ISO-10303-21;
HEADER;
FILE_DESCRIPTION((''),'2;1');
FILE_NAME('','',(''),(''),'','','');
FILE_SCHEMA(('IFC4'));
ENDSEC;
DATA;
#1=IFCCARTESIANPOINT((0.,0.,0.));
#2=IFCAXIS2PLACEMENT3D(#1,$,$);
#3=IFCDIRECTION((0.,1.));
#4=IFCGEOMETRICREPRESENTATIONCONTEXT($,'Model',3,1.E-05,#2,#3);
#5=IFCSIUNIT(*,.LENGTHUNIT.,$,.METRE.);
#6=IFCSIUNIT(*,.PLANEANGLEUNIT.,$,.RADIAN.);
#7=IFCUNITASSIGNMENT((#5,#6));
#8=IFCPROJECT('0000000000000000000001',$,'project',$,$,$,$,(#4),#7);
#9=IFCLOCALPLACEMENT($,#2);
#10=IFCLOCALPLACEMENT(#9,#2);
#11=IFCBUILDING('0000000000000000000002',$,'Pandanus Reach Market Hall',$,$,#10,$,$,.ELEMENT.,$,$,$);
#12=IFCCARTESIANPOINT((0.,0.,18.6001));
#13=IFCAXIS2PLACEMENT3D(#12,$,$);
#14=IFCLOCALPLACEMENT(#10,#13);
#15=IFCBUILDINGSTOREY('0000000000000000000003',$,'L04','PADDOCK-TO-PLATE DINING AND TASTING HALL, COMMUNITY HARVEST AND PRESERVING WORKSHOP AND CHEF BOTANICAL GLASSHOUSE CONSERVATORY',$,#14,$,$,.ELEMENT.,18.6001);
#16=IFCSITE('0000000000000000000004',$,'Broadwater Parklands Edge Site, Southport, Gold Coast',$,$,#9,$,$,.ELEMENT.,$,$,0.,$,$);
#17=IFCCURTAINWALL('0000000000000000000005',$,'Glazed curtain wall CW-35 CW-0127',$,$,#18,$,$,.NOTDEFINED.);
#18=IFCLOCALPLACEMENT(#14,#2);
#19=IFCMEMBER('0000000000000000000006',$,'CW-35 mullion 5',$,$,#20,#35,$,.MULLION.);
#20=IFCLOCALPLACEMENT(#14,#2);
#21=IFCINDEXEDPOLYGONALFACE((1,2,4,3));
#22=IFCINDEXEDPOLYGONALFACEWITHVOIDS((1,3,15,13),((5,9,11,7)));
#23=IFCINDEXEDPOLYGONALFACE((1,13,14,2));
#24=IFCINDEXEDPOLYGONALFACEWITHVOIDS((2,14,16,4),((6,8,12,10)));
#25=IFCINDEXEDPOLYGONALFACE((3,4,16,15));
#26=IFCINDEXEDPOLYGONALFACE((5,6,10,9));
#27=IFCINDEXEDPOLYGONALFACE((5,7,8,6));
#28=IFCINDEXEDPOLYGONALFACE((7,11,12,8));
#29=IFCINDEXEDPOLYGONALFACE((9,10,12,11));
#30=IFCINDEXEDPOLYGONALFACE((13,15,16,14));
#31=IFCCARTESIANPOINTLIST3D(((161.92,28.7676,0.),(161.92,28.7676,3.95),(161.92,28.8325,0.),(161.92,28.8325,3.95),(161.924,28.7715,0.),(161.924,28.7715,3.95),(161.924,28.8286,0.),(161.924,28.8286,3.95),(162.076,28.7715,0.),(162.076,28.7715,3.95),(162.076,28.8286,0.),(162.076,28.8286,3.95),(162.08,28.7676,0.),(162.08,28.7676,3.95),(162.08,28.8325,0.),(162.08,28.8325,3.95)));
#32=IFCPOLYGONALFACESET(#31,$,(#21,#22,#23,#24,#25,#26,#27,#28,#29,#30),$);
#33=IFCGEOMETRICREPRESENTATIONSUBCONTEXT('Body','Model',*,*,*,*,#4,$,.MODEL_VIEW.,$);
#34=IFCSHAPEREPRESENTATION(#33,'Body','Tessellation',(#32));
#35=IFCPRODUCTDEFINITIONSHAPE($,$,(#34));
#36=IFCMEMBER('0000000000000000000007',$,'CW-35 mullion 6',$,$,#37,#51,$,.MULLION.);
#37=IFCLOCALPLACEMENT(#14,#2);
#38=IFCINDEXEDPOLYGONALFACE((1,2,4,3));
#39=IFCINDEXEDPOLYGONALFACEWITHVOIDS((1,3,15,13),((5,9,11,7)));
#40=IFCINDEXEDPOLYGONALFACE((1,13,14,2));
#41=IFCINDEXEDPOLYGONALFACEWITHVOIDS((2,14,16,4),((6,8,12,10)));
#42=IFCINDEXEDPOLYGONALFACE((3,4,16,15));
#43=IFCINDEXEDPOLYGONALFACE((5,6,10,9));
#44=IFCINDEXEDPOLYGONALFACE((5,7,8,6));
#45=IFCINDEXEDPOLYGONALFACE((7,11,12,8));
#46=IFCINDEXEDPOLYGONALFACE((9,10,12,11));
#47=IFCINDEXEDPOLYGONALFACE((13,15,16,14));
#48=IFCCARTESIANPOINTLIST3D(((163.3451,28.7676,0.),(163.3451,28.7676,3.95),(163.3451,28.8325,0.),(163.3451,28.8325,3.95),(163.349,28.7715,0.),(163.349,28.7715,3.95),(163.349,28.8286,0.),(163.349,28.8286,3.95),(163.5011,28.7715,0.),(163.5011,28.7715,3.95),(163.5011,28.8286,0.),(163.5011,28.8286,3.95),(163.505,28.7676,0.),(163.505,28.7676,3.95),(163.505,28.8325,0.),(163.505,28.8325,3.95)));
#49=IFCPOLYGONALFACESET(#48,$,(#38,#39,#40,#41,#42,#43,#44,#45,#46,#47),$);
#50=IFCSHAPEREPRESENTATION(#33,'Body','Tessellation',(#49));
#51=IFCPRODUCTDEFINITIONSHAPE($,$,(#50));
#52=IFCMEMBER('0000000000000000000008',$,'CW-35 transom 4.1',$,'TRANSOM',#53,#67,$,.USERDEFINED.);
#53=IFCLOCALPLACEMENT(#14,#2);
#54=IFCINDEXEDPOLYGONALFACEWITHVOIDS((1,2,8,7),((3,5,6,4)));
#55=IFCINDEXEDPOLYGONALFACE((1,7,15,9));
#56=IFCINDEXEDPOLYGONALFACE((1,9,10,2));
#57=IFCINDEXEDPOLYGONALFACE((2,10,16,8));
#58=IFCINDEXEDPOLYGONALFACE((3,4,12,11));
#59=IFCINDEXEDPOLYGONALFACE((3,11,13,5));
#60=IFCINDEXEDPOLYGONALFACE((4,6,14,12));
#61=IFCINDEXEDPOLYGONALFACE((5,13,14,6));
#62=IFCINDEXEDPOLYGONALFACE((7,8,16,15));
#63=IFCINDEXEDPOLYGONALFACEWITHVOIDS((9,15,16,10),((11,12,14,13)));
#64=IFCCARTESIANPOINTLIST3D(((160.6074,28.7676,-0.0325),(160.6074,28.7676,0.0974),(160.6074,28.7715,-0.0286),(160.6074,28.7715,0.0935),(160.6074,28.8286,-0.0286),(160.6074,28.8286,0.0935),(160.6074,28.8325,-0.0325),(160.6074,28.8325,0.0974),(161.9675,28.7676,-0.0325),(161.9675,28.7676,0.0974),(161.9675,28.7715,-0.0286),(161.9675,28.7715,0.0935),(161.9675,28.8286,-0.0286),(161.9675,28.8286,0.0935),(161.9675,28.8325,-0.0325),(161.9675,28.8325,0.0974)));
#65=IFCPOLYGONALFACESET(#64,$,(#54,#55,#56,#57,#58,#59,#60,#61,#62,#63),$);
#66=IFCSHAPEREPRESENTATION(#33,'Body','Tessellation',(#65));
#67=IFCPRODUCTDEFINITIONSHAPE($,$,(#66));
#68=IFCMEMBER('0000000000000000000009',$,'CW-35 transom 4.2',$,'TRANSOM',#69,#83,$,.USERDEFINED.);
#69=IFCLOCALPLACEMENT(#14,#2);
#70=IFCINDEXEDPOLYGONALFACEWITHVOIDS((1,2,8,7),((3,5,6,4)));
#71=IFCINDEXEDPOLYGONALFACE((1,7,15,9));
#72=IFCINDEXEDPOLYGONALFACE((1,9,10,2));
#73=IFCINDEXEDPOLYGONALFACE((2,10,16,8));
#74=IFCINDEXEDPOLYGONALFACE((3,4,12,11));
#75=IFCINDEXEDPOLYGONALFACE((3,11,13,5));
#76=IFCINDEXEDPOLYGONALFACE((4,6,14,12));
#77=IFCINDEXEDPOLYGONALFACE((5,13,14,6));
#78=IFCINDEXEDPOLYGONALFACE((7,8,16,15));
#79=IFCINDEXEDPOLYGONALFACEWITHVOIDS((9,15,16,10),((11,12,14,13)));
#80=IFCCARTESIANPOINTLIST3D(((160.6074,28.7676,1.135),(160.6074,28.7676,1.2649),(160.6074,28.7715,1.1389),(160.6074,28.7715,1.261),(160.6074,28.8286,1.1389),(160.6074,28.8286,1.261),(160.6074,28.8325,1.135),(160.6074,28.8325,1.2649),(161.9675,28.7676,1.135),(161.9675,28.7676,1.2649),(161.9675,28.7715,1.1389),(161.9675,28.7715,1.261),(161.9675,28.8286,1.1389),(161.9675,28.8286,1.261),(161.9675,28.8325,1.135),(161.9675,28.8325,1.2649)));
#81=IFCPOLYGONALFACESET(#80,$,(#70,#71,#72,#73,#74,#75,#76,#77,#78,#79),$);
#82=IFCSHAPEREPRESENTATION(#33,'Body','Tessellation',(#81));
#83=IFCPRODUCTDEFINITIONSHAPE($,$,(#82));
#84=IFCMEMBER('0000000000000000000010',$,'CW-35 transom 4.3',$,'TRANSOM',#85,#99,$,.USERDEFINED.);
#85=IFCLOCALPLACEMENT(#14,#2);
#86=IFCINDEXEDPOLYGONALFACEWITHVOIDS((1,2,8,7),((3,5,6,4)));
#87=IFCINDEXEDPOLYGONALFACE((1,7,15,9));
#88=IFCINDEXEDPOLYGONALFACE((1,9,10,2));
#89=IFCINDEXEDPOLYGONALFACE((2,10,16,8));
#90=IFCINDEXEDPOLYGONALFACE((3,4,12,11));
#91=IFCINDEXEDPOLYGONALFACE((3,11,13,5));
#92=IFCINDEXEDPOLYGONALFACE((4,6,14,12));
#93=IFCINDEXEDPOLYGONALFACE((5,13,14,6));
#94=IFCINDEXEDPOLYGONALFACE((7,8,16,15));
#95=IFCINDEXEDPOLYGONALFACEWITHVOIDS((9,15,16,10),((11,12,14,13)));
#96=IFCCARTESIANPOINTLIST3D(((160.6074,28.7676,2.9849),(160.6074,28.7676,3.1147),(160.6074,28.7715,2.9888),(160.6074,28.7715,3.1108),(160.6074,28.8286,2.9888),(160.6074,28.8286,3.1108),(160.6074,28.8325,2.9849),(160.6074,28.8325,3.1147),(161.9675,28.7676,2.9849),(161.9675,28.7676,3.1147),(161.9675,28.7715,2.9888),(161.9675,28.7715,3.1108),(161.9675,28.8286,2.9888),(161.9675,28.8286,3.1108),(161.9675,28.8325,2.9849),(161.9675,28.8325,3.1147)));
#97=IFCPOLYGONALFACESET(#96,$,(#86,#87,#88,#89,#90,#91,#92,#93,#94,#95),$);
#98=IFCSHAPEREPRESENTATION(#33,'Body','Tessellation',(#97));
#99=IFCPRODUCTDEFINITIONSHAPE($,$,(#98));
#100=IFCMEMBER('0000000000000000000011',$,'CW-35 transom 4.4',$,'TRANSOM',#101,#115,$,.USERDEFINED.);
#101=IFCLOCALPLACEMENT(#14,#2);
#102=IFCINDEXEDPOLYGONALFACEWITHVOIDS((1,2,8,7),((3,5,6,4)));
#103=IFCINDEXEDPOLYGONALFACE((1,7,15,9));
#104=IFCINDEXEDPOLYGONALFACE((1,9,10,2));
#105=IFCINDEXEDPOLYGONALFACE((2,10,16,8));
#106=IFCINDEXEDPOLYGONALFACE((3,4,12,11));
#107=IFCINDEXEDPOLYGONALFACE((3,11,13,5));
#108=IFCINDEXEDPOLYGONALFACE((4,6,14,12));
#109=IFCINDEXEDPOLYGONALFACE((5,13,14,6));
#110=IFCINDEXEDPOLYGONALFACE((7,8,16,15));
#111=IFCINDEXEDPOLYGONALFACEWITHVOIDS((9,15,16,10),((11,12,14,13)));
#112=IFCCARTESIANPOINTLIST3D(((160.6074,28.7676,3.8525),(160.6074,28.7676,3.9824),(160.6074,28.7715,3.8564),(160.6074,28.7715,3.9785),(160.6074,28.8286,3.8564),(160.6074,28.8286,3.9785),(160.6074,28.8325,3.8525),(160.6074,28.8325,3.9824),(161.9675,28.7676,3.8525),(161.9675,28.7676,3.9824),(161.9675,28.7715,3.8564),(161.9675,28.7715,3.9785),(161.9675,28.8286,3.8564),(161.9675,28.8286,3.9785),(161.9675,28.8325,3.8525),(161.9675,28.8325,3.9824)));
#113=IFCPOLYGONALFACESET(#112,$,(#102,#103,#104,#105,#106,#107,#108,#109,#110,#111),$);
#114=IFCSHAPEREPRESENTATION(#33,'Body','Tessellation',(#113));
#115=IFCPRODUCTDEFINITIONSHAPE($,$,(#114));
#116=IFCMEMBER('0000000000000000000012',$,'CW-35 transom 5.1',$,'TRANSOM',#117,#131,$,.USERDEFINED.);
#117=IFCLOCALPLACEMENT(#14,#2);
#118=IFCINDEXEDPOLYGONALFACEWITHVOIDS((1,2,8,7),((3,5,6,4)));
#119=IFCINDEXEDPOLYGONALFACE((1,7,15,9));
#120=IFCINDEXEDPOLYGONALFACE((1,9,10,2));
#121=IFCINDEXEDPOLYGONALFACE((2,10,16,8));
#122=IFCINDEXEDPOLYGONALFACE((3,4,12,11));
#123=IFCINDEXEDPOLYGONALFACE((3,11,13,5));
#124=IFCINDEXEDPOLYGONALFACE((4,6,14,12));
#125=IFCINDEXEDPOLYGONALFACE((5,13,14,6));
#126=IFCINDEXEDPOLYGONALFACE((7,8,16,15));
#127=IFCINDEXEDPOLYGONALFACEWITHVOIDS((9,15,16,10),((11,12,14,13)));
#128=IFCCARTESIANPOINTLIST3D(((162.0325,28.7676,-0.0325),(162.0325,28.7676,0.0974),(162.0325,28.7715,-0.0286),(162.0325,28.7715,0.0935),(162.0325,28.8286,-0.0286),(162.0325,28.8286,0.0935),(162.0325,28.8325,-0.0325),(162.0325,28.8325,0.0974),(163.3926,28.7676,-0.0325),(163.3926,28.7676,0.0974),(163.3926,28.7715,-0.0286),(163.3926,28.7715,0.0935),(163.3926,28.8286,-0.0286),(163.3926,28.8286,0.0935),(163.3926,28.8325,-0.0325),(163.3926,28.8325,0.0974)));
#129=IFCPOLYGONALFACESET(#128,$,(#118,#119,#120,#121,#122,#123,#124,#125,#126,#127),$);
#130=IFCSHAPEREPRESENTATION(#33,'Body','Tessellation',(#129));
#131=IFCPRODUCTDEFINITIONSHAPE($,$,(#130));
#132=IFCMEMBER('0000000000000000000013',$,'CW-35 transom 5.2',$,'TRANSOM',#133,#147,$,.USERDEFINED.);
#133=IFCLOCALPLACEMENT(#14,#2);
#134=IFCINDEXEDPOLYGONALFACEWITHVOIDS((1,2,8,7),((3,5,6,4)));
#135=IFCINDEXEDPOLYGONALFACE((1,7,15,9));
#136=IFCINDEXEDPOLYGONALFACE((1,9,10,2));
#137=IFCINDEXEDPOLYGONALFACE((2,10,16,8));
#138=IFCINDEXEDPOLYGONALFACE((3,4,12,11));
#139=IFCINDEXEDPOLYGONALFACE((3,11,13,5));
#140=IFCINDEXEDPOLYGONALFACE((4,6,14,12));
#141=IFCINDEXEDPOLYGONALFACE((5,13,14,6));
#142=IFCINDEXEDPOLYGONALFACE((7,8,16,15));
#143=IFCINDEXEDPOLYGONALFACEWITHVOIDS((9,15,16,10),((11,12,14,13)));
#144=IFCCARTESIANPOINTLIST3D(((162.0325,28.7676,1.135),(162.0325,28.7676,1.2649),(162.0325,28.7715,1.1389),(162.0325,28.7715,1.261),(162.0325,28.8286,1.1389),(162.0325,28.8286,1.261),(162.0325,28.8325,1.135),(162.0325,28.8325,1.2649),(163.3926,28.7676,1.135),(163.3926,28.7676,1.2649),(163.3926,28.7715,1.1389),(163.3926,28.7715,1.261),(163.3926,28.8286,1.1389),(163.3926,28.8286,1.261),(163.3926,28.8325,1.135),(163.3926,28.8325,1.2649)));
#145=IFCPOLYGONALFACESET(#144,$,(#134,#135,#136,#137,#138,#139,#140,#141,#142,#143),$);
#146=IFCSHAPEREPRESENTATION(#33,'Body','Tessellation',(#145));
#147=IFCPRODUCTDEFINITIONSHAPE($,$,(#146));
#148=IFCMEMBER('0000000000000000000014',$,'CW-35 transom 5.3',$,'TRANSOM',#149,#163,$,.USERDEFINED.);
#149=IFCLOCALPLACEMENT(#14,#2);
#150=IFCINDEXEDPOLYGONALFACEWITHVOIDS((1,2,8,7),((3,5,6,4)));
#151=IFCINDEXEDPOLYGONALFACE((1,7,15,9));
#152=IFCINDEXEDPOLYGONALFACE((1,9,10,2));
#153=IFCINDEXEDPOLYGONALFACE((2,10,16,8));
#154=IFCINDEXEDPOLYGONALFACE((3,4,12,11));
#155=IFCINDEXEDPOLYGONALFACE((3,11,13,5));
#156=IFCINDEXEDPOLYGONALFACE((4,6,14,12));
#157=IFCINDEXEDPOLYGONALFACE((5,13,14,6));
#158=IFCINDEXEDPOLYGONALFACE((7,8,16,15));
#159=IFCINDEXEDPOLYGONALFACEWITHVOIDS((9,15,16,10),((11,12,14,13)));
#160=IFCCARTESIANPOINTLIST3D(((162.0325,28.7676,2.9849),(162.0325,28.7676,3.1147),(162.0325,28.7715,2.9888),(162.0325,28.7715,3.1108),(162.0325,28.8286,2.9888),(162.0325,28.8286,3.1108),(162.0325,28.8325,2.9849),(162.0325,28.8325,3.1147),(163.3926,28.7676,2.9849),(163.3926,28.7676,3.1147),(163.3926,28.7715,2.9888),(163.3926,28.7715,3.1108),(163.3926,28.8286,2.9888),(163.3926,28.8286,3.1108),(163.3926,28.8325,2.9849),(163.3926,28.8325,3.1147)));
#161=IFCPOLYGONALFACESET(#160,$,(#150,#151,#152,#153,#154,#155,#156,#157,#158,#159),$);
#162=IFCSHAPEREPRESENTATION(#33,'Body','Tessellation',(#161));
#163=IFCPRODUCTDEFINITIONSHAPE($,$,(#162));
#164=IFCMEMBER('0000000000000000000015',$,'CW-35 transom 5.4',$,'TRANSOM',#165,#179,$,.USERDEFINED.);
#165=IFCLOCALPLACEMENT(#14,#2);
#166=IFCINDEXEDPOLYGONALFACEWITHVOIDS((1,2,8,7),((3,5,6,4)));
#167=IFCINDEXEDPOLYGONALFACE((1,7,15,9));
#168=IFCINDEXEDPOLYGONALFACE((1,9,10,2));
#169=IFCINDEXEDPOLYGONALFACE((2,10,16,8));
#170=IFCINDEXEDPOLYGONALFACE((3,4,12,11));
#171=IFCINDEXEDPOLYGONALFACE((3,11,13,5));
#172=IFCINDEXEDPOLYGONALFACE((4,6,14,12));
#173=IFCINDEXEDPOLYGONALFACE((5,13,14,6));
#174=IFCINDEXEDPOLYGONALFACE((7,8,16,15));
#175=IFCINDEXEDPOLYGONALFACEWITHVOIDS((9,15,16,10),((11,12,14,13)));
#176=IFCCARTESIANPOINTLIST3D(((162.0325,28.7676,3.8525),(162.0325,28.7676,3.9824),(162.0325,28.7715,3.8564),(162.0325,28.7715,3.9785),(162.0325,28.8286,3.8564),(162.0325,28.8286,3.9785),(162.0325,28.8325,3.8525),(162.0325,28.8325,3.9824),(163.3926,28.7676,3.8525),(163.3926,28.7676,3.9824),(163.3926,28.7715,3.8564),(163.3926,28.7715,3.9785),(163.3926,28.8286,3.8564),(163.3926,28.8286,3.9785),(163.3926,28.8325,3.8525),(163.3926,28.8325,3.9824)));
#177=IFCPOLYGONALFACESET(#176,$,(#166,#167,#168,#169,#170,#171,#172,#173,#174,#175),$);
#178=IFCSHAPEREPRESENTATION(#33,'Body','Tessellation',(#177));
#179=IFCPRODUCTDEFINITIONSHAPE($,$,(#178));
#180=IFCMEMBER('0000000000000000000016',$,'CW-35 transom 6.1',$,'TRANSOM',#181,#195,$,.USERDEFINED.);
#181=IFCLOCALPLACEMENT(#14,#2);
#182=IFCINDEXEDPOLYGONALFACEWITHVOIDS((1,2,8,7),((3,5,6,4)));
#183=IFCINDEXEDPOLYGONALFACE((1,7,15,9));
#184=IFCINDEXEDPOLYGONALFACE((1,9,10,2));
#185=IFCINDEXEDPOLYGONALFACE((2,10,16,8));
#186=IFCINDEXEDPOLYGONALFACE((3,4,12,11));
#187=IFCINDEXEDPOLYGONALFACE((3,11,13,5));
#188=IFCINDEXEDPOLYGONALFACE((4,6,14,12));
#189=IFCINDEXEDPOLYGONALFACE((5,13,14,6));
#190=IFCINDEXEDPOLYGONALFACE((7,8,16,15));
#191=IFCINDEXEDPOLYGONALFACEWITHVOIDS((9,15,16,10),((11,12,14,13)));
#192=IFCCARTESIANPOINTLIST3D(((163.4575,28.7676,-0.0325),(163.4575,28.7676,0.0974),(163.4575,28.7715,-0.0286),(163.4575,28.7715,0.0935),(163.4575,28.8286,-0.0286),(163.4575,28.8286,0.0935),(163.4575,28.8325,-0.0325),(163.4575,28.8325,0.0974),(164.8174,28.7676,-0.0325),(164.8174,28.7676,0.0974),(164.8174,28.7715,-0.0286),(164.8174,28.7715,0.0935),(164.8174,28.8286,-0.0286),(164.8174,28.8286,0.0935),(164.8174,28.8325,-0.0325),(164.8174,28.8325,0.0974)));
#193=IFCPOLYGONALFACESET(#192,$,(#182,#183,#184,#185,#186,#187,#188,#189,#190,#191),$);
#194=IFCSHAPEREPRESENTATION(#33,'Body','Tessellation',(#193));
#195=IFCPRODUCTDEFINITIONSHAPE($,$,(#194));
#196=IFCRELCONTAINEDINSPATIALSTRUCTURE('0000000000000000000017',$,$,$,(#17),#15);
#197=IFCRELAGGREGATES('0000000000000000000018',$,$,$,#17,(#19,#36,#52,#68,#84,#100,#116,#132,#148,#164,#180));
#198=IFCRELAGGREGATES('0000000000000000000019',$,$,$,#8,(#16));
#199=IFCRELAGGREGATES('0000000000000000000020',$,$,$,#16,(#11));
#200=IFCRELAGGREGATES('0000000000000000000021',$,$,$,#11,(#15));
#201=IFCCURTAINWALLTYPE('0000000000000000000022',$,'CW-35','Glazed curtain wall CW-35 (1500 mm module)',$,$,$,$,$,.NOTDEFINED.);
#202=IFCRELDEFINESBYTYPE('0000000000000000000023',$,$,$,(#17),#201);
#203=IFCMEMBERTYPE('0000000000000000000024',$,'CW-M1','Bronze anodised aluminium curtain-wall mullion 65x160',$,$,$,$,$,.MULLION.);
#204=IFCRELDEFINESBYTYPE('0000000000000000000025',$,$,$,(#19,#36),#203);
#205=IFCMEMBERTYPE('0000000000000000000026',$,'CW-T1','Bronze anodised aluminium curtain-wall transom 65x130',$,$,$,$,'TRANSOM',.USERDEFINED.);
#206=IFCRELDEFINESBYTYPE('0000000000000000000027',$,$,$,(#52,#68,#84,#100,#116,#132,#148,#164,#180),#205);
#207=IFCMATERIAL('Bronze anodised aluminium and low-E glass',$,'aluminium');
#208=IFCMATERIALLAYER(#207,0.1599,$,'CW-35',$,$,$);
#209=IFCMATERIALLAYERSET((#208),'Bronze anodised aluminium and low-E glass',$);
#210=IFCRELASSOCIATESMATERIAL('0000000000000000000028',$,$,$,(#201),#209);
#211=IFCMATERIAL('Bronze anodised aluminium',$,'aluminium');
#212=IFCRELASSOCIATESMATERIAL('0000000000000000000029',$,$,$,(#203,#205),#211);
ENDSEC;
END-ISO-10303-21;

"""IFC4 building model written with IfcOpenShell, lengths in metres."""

from ifc_helpers import new_model, si_unit, direction, frame, origin, origin_2d, place, context, subcontext, project, spatial, hollow_rectangle, extrude, material, layer, layer_set, material_profile, profile_set, type_object, element, aggregate, save


model = new_model("IFC4")

# Units and contexts
model_context = context("Model", 3, precision=1e-05, world=origin(), true_north=direction((0.0, 1.0)))
body_context = subcontext(model_context, "Body", "Model", "MODEL_VIEW")
ifc_project = project(units=[si_unit("LENGTHUNIT", "METRE"), si_unit("PLANEANGLEUNIT", "RADIAN")], contexts=[model_context])

# Site, building, storey
site_placement = place(None, origin())
site = spatial("IfcSite", under=ifc_project, at=site_placement, Name="Broadwater Parklands Edge Site, Southport, Gold Coast", CompositionType="ELEMENT", RefElevation=0.0)
building_placement = place(site_placement, origin())
building = spatial("IfcBuilding", under=site, at=building_placement, Name="Pandanus Reach Market Hall", CompositionType="ELEMENT")
storey_placement = place(building_placement, frame((0.0, 0.0, 18.6001)))
storey = spatial("IfcBuildingStorey", under=building, at=storey_placement, Name="L04", Description="PADDOCK-TO-PLATE DINING AND TASTING HALL, COMMUNITY HARVEST AND PRESERVING WORKSHOP AND CHEF BOTANICAL GLASSHOUSE CONSERVATORY", CompositionType="ELEMENT", Elevation=18.6001)

# Curtain wall, members
ifc_material_1 = material(Name="Bronze anodised aluminium and low-E glass", Category="aluminium")
ifc_layer_1 = layer(ifc_material_1, 0.1599, Name="CW-35")
ifc_layer_set_1 = layer_set([ifc_layer_1], Name="Bronze anodised aluminium and low-E glass")
curtain_wall_type = type_object("IfcCurtainWallType", Name="CW-35", Description="Glazed curtain wall CW-35 (1500 mm module)", PredefinedType="NOTDEFINED", material=ifc_layer_set_1)
curtain_wall_placement = place(storey_placement, origin())
curtain_wall = element("IfcCurtainWall", 1, at=curtain_wall_placement, inside=storey, type_object=curtain_wall_type, Name="Glazed curtain wall CW-35 CW-0127", PredefinedType="NOTDEFINED")
ifc_material_2 = material(Name="Bronze anodised aluminium", Category="aluminium")
ifc_material_profile_1 = material_profile(ifc_material_2, hollow_rectangle(XDim=0.0649, YDim=0.1599, WallThickness=0.0039, at=origin_2d()), Name="ALU65x160", Category="LoadBearing")
ifc_profile_set_1 = profile_set([ifc_material_profile_1], Name="Bronze anodised aluminium")
member_type_1 = type_object("IfcMemberType", Name="CW-M1", Description="Bronze anodised aluminium curtain-wall mullion 65x160", PredefinedType="MULLION", material=ifc_profile_set_1)
member_1_placement = place(storey_placement, frame((162.0, 28.8, 0.0), z_axis=(0.0, 0.0, 1.0), x_axis=(0.0, 1.0, 0.0)))
member_1 = element("IfcMember", 2, at=member_1_placement, type_object=member_type_1, Name="CW-35 mullion 5", PredefinedType="MULLION", context=body_context, shape_type="SweptSolid", body=[
    extrude(hollow_rectangle(XDim=0.0649, YDim=0.1599, WallThickness=0.0039, at=origin_2d()), origin(), (0.0, 0.0, 1.0), 3.95),
])
member_2_placement = place(storey_placement, frame((163.425, 28.8, 0.0), z_axis=(0.0, 0.0, 1.0), x_axis=(0.0, 1.0, 0.0)))
member_2 = element("IfcMember", 3, at=member_2_placement, type_object=member_type_1, Name="CW-35 mullion 6", PredefinedType="MULLION", context=body_context, shape_type="SweptSolid", body=[
    extrude(hollow_rectangle(XDim=0.0649, YDim=0.1599, WallThickness=0.0039, at=origin_2d()), origin(), (0.0, 0.0, 1.0), 3.95),
])
ifc_material_profile_2 = material_profile(ifc_material_2, hollow_rectangle(XDim=0.0649, YDim=0.1299, WallThickness=0.0039, at=origin_2d()), Name="ALU65x130", Category="LoadBearing")
ifc_profile_set_2 = profile_set([ifc_material_profile_2], Name="Bronze anodised aluminium")
member_type_2 = type_object("IfcMemberType", Name="CW-T1", Description="Bronze anodised aluminium curtain-wall transom 65x130", ElementType="TRANSOM", PredefinedType="USERDEFINED", material=ifc_profile_set_2)
member_3_placement = place(storey_placement, frame((160.6074, 28.8, 0.0325), z_axis=(1.0, 0.0, 0.0), x_axis=(0.0, 1.0, 0.0)))
member_3 = element("IfcMember", 4, at=member_3_placement, type_object=member_type_2, Name="CW-35 transom 4.1", ObjectType="TRANSOM", PredefinedType="USERDEFINED", context=body_context, shape_type="SweptSolid", body=[
    extrude(hollow_rectangle(XDim=0.0649, YDim=0.1299, WallThickness=0.0039, at=origin_2d()), origin(), (0.0, 0.0, 1.0), 1.3601),
])
member_4_placement = place(storey_placement, frame((160.6074, 28.8, 1.2), z_axis=(1.0, 0.0, 0.0), x_axis=(0.0, 1.0, 0.0)))
member_4 = element("IfcMember", 5, at=member_4_placement, type_object=member_type_2, Name="CW-35 transom 4.2", ObjectType="TRANSOM", PredefinedType="USERDEFINED", context=body_context, shape_type="SweptSolid", body=[
    extrude(hollow_rectangle(XDim=0.0649, YDim=0.1299, WallThickness=0.0039, at=origin_2d()), origin(), (0.0, 0.0, 1.0), 1.3601),
])
member_5_placement = place(storey_placement, frame((160.6074, 28.8, 3.0498), z_axis=(1.0, 0.0, 0.0), x_axis=(0.0, 1.0, 0.0)))
member_5 = element("IfcMember", 6, at=member_5_placement, type_object=member_type_2, Name="CW-35 transom 4.3", ObjectType="TRANSOM", PredefinedType="USERDEFINED", context=body_context, shape_type="SweptSolid", body=[
    extrude(hollow_rectangle(XDim=0.0649, YDim=0.1299, WallThickness=0.0039, at=origin_2d()), origin(), (0.0, 0.0, 1.0), 1.3601),
])
member_6_placement = place(storey_placement, frame((160.6074, 28.8, 3.9175), z_axis=(1.0, 0.0, 0.0), x_axis=(0.0, 1.0, 0.0)))
member_6 = element("IfcMember", 7, at=member_6_placement, type_object=member_type_2, Name="CW-35 transom 4.4", ObjectType="TRANSOM", PredefinedType="USERDEFINED", context=body_context, shape_type="SweptSolid", body=[
    extrude(hollow_rectangle(XDim=0.0649, YDim=0.1299, WallThickness=0.0039, at=origin_2d()), origin(), (0.0, 0.0, 1.0), 1.3601),
])
member_7_placement = place(storey_placement, frame((162.0325, 28.8, 0.0325), z_axis=(1.0, 0.0, 0.0), x_axis=(0.0, 1.0, 0.0)))
member_7 = element("IfcMember", 8, at=member_7_placement, type_object=member_type_2, Name="CW-35 transom 5.1", ObjectType="TRANSOM", PredefinedType="USERDEFINED", context=body_context, shape_type="SweptSolid", body=[
    extrude(hollow_rectangle(XDim=0.0649, YDim=0.1299, WallThickness=0.0039, at=origin_2d()), origin(), (0.0, 0.0, 1.0), 1.3601),
])
member_8_placement = place(storey_placement, frame((162.0325, 28.8, 1.2), z_axis=(1.0, 0.0, 0.0), x_axis=(0.0, 1.0, 0.0)))
member_8 = element("IfcMember", 9, at=member_8_placement, type_object=member_type_2, Name="CW-35 transom 5.2", ObjectType="TRANSOM", PredefinedType="USERDEFINED", context=body_context, shape_type="SweptSolid", body=[
    extrude(hollow_rectangle(XDim=0.0649, YDim=0.1299, WallThickness=0.0039, at=origin_2d()), origin(), (0.0, 0.0, 1.0), 1.3601),
])
member_9_placement = place(storey_placement, frame((162.0325, 28.8, 3.0498), z_axis=(1.0, 0.0, 0.0), x_axis=(0.0, 1.0, 0.0)))
member_9 = element("IfcMember", 10, at=member_9_placement, type_object=member_type_2, Name="CW-35 transom 5.3", ObjectType="TRANSOM", PredefinedType="USERDEFINED", context=body_context, shape_type="SweptSolid", body=[
    extrude(hollow_rectangle(XDim=0.0649, YDim=0.1299, WallThickness=0.0039, at=origin_2d()), origin(), (0.0, 0.0, 1.0), 1.3601),
])
member_10_placement = place(storey_placement, frame((162.0325, 28.8, 3.9175), z_axis=(1.0, 0.0, 0.0), x_axis=(0.0, 1.0, 0.0)))
member_10 = element("IfcMember", 11, at=member_10_placement, type_object=member_type_2, Name="CW-35 transom 5.4", ObjectType="TRANSOM", PredefinedType="USERDEFINED", context=body_context, shape_type="SweptSolid", body=[
    extrude(hollow_rectangle(XDim=0.0649, YDim=0.1299, WallThickness=0.0039, at=origin_2d()), origin(), (0.0, 0.0, 1.0), 1.3601),
])
member_11_placement = place(storey_placement, frame((163.4575, 28.8, 0.0325), z_axis=(1.0, 0.0, 0.0), x_axis=(0.0, 1.0, 0.0)))
member_11 = element("IfcMember", 12, at=member_11_placement, type_object=member_type_2, Name="CW-35 transom 6.1", ObjectType="TRANSOM", PredefinedType="USERDEFINED", context=body_context, shape_type="SweptSolid", body=[
    extrude(hollow_rectangle(XDim=0.0649, YDim=0.1299, WallThickness=0.0039, at=origin_2d()), origin(), (0.0, 0.0, 1.0), 1.3599),
])
aggregate(curtain_wall, [member_1, member_2, member_3, member_4, member_5, member_6, member_7, member_8, member_9, member_10, member_11])

save(model, "model.ifc")
